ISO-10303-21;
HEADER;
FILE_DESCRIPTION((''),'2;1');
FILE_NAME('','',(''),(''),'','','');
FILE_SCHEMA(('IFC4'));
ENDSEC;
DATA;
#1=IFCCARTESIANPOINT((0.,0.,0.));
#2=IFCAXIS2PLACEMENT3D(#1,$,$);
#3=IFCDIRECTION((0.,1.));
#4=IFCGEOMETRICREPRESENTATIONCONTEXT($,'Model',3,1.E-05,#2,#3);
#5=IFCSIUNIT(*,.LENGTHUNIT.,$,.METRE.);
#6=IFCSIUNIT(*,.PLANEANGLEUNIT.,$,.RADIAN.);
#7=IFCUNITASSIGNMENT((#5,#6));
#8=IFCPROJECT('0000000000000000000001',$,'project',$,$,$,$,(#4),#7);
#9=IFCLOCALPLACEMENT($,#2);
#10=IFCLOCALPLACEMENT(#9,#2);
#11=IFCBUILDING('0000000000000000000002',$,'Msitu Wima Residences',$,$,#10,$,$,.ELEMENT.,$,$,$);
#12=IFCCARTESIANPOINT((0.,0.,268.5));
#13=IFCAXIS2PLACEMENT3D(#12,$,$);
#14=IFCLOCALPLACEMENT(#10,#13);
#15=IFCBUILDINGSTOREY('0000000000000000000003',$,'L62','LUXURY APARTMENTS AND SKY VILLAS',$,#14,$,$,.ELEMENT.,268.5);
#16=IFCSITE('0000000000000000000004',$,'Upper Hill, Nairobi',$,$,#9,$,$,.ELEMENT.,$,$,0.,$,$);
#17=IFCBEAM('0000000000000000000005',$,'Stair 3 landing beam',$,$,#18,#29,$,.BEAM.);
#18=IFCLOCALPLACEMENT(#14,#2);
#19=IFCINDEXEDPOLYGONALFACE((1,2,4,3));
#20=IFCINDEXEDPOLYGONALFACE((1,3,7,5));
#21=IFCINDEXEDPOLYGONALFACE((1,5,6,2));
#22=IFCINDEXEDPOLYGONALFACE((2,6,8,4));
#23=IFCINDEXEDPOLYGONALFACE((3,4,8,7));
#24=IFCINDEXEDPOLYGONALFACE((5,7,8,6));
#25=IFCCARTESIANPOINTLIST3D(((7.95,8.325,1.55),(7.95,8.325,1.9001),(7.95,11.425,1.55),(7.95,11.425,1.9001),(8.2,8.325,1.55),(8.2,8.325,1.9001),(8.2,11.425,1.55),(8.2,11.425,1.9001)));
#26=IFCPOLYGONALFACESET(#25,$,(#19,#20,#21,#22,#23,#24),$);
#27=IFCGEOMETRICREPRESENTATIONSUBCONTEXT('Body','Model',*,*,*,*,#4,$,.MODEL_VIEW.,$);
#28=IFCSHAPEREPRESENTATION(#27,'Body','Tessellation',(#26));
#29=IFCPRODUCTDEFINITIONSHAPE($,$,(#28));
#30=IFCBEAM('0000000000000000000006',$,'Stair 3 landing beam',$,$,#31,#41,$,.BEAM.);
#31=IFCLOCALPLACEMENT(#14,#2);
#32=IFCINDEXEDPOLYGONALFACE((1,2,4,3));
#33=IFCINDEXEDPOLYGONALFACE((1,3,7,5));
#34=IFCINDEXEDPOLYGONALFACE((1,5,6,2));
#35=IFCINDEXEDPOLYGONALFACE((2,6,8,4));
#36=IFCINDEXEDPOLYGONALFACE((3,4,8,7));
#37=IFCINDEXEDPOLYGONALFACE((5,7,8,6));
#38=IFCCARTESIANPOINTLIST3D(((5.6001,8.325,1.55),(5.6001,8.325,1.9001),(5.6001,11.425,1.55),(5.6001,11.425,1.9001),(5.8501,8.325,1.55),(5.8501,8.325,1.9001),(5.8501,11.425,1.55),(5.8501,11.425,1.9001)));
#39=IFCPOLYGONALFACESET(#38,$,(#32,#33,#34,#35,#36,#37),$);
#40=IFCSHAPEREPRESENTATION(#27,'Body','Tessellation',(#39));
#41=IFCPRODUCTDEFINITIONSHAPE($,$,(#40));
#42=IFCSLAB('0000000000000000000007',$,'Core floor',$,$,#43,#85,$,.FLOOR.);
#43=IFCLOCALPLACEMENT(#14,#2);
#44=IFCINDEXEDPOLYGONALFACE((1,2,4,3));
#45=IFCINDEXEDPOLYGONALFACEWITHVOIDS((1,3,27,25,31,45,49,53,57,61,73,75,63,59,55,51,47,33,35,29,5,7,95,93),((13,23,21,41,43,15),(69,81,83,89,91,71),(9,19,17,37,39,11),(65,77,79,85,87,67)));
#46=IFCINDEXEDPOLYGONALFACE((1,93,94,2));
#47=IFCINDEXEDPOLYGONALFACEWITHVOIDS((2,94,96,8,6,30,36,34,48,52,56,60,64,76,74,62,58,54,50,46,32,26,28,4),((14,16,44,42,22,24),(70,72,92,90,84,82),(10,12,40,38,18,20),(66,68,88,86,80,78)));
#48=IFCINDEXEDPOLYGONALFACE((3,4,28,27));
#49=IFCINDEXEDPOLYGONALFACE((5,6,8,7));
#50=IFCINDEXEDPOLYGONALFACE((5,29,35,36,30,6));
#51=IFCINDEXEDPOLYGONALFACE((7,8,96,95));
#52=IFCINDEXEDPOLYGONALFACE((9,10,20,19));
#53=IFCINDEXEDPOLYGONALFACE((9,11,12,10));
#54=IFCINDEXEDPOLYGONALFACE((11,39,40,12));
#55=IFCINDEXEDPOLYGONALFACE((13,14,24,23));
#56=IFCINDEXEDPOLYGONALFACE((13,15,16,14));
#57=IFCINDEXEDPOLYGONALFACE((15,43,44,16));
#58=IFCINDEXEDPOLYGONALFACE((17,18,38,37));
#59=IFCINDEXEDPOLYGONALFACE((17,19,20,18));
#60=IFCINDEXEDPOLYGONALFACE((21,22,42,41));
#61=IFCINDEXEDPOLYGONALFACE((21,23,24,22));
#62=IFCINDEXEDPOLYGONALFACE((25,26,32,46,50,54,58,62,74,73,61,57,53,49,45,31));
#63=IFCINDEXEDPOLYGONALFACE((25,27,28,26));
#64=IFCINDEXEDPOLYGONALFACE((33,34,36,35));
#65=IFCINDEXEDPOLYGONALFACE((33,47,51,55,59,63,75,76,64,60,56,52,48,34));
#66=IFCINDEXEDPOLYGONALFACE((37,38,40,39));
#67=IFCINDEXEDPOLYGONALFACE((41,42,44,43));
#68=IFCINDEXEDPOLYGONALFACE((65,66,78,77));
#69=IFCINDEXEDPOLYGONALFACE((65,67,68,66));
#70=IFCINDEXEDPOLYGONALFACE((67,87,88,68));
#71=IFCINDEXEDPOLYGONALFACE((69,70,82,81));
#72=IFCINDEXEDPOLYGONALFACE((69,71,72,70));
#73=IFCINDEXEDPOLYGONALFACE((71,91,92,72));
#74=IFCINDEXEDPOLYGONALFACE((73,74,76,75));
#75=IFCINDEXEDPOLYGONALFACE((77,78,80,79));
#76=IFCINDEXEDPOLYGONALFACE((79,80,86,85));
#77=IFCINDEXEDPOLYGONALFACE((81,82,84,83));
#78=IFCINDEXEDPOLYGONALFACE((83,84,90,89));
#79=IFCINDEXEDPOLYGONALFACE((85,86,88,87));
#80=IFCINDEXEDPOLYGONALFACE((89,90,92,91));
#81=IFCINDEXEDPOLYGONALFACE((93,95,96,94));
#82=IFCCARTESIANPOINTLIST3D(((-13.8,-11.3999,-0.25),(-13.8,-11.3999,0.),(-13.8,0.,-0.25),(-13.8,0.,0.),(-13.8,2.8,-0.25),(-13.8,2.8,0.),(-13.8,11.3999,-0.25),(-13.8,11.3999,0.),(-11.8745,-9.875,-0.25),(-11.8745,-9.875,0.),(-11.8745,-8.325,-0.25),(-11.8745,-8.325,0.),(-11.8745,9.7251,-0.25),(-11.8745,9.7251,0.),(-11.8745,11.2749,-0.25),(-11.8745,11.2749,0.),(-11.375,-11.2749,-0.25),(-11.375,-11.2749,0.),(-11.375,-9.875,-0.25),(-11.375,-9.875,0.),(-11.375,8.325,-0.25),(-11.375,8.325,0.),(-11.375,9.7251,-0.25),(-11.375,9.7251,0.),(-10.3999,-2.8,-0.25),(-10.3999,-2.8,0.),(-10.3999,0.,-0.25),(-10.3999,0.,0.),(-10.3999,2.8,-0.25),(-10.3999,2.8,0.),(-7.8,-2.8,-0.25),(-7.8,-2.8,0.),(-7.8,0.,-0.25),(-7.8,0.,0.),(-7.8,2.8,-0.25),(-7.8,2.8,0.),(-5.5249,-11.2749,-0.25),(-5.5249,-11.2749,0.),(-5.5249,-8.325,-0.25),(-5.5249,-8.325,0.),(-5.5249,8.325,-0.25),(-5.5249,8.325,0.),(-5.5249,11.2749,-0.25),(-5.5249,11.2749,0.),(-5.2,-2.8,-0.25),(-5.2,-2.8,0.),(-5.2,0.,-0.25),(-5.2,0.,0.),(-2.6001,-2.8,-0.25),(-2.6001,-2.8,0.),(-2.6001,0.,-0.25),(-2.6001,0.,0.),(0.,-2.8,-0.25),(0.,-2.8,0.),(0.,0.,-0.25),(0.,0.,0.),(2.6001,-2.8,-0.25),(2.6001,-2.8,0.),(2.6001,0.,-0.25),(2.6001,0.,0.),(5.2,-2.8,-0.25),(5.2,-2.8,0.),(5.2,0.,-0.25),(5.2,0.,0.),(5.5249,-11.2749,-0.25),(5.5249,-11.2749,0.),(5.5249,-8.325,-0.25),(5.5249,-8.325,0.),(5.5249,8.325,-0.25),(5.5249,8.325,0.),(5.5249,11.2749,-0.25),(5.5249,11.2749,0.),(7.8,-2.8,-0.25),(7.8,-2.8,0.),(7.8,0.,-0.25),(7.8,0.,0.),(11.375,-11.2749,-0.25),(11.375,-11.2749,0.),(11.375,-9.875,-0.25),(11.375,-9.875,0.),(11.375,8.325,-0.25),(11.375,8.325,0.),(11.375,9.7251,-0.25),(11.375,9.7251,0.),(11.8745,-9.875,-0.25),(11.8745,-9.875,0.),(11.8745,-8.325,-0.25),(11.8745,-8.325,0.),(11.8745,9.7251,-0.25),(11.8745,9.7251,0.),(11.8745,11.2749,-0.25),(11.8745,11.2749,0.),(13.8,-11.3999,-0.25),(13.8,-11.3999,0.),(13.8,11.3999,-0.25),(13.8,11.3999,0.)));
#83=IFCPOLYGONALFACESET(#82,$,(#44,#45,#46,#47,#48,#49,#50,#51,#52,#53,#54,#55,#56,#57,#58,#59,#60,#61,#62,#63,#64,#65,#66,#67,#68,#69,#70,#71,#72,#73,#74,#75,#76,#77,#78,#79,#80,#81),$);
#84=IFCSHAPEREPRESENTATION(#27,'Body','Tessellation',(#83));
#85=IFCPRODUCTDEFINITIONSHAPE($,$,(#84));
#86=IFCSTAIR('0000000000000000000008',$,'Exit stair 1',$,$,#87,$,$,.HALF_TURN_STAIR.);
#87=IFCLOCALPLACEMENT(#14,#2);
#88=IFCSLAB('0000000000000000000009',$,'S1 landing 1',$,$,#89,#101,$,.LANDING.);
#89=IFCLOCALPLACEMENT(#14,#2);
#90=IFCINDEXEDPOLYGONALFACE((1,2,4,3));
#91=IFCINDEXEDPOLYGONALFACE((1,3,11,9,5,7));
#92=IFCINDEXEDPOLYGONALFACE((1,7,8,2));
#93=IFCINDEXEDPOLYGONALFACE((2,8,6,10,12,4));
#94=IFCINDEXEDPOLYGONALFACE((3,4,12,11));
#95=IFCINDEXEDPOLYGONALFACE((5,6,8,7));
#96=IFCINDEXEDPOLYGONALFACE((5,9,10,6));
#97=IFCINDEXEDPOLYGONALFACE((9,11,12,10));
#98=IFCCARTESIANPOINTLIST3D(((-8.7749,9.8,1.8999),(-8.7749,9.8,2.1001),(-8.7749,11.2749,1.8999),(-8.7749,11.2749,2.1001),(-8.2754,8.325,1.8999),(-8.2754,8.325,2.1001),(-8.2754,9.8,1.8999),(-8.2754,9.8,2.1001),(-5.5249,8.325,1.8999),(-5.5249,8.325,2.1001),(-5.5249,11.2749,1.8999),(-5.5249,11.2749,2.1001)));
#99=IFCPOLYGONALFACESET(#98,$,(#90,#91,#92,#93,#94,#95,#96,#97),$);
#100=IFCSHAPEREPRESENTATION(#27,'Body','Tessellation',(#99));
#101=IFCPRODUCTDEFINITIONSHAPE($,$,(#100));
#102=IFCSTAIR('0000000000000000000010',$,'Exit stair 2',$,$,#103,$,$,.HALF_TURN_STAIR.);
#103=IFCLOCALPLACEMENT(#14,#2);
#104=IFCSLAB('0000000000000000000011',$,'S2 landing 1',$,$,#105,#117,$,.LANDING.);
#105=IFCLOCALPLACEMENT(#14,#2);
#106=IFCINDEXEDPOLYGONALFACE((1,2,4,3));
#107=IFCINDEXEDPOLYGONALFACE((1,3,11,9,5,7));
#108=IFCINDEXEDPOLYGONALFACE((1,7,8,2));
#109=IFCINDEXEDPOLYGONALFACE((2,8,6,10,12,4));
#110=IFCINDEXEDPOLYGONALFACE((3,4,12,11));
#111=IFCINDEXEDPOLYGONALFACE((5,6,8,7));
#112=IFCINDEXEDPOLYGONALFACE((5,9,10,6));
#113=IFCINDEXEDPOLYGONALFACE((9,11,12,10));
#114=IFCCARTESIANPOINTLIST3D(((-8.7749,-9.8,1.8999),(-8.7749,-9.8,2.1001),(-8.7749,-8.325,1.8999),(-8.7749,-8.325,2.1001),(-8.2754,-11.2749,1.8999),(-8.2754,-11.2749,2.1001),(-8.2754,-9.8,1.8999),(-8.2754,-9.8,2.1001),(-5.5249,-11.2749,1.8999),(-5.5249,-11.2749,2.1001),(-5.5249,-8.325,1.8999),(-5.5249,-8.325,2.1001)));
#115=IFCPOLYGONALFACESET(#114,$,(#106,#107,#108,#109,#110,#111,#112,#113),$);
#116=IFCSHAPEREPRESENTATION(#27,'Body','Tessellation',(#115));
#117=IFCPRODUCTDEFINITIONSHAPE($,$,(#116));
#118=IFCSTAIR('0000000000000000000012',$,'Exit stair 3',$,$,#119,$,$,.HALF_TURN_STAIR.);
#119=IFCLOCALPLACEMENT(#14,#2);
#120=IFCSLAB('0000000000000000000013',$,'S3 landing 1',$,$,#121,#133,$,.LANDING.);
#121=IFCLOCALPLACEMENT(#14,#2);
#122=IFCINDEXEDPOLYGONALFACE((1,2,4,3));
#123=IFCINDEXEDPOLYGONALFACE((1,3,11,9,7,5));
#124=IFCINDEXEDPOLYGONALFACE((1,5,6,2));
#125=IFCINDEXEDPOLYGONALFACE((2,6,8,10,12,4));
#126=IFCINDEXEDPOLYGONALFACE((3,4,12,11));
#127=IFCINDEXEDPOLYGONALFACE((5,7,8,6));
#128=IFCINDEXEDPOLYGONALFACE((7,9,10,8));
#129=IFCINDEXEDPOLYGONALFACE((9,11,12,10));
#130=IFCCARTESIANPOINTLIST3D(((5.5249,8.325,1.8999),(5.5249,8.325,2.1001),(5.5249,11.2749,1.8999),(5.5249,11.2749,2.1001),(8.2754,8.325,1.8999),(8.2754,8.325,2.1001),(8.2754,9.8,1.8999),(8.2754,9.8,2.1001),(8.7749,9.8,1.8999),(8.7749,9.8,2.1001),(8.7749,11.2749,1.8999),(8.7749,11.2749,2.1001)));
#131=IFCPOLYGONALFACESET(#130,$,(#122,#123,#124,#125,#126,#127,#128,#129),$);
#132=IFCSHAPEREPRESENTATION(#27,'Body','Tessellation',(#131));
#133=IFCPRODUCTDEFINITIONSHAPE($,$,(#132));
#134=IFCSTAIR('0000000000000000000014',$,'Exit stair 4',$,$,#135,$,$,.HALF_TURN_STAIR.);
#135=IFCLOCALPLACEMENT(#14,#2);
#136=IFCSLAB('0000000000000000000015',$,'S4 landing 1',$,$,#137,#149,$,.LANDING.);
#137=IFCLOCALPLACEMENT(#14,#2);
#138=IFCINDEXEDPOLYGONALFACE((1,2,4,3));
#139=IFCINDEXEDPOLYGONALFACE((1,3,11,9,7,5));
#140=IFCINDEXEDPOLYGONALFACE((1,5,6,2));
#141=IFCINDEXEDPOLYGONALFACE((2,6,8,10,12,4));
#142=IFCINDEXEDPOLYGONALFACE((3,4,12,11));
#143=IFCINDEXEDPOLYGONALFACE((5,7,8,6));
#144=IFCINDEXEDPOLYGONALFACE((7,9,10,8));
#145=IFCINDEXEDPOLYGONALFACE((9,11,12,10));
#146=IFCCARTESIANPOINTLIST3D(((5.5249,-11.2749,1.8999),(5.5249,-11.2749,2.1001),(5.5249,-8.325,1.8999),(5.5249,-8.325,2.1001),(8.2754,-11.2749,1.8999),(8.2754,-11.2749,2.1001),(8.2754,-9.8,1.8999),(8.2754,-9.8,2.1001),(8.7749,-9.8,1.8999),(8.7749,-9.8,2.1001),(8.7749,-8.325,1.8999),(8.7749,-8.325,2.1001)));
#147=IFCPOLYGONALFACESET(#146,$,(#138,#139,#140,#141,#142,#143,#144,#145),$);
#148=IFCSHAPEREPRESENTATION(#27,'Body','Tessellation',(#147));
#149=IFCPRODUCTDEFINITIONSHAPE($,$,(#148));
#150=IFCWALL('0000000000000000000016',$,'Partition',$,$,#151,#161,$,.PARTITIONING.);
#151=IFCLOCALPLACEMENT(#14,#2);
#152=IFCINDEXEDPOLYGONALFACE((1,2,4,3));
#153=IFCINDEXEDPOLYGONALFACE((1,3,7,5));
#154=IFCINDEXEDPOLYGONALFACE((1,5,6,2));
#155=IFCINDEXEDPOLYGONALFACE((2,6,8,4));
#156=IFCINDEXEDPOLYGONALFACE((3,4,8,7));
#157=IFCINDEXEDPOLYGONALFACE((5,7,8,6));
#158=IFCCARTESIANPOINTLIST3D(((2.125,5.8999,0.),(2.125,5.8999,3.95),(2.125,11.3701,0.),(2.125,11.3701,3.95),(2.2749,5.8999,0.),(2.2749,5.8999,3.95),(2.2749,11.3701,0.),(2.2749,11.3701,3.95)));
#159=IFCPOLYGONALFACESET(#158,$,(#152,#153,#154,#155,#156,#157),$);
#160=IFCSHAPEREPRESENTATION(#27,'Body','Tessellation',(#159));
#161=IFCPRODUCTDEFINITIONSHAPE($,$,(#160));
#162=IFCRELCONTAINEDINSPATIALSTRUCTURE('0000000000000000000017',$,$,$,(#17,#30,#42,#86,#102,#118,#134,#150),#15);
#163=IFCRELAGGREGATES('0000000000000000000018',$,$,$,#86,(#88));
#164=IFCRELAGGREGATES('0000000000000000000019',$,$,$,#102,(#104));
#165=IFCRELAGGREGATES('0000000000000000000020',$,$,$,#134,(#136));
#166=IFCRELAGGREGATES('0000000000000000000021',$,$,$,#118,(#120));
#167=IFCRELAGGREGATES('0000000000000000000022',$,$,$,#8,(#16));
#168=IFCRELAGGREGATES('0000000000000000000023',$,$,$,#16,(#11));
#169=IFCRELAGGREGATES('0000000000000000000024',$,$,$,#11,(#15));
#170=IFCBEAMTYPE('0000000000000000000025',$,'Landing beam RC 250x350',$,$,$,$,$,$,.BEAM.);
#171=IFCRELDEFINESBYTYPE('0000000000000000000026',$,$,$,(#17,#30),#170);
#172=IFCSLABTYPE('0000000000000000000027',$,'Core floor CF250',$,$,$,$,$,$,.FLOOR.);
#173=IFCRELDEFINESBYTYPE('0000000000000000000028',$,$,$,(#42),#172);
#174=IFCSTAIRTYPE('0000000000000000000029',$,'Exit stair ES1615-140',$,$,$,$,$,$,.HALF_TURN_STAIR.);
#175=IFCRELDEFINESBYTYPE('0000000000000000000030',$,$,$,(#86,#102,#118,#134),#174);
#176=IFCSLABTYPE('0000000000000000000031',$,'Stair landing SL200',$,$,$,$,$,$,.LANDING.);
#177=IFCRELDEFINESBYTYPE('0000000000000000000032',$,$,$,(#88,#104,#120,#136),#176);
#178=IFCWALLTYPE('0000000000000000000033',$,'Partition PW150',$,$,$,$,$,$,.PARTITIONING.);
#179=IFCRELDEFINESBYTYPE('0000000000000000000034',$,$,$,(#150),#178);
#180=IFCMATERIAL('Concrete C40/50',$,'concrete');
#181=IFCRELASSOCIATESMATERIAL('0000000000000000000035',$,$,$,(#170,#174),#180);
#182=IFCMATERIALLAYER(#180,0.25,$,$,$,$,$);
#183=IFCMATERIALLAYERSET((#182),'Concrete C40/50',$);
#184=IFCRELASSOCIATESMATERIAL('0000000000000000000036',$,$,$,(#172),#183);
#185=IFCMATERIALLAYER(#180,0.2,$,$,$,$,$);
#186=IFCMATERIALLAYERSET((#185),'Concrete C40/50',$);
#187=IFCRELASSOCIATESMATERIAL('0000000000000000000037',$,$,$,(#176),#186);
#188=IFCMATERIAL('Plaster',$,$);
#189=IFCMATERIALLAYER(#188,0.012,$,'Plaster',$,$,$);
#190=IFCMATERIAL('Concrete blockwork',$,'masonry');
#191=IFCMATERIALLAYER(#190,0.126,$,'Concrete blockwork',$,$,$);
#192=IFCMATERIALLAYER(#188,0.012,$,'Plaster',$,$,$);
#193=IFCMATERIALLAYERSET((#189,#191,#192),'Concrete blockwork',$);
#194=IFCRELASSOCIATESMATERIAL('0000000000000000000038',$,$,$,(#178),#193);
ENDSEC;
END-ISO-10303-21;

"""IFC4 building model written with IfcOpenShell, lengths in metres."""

from ifc_helpers import new_model, si_unit, direction, frame, frame_2d, origin, origin_2d, place, context, subcontext, project, spatial, polyline, rectangle, outline, extrude, material, layer, layer_set, material_profile, profile_set, type_object, element, aggregate, save


model = new_model("IFC4")

# Units and contexts
model_context = context("Model", 3, precision=1e-05, world=origin(), true_north=direction((0.0, 1.0)))
body_context = subcontext(model_context, "Body", "Model", "MODEL_VIEW")
ifc_project = project(units=[si_unit("LENGTHUNIT", "METRE"), si_unit("PLANEANGLEUNIT", "RADIAN")], contexts=[model_context])

# Site, building, storey
site_placement = place(None, origin())
site = spatial("IfcSite", under=ifc_project, at=site_placement, Name="Upper Hill, Nairobi", CompositionType="ELEMENT", RefElevation=0.0)
building_placement = place(site_placement, origin())
building = spatial("IfcBuilding", under=site, at=building_placement, Name="Msitu Wima Residences", CompositionType="ELEMENT")
storey_placement = place(building_placement, frame((0.0, 0.0, 268.5)))
storey = spatial("IfcBuildingStorey", under=building, at=storey_placement, Name="L62", Description="LUXURY APARTMENTS AND SKY VILLAS", CompositionType="ELEMENT", Elevation=268.5)

# Beams
ifc_material_1 = material(Name="Concrete C40/50", Category="concrete")
ifc_material_profile = material_profile(ifc_material_1, rectangle(XDim=0.25, YDim=0.3501, at=origin_2d()), Name="RC 250x350")
ifc_profile_set = profile_set([ifc_material_profile], Name="Concrete C40/50")
beam_type = type_object("IfcBeamType", Name="Landing beam RC 250x350", PredefinedType="BEAM", material=ifc_profile_set)
for number, where, z_axis, x_axis, name in (
    (1, (8.075, 8.325, 1.7251), (0.0, 1.0, 0.0), (-1.0, 0.0, 0.0), "Stair 3 landing beam"),
    (2, (5.7251, 8.325, 1.7251), (0.0, 1.0, 0.0), (-1.0, 0.0, 0.0), "Stair 3 landing beam"),
):
    element("IfcBeam", number, at=place(storey_placement, frame(where, z_axis=z_axis, x_axis=x_axis)), inside=storey, type_object=beam_type, Name=name, PredefinedType="BEAM", context=body_context, shape_type="SweptSolid", body=[
        extrude(rectangle(XDim=0.25, YDim=0.3501, at=origin_2d()), origin(), (0.0, 0.0, 1.0), 3.1001),
    ])

# Slab
ifc_layer_1 = layer(ifc_material_1, 0.25)
ifc_layer_set_1 = layer_set([ifc_layer_1], Name="Concrete C40/50")
slab_type_1 = type_object("IfcSlabType", Name="Core floor CF250", PredefinedType="FLOOR", material=ifc_layer_set_1)
slab_1_placement = place(storey_placement, frame((0.0, 0.0, -0.25)))
element("IfcSlab", 3, at=slab_1_placement, inside=storey, type_object=slab_type_1, Name="Core floor", PredefinedType="FLOOR", context=body_context, shape_type="SweptSolid", body=[
    extrude(outline(polyline([(-13.8, 11.3999), (-13.8, 2.8), (-10.3999, 2.8), (-7.8, 2.8), (-7.8, 0.0), (-5.2, 0.0), (-2.6001, 0.0), (0.0, 0.0), (2.6001, 0.0), (5.2, 0.0), (7.8, 0.0), (7.8, -2.8), (5.2, -2.8), (2.6001, -2.8), (0.0, -2.8), (-2.6001, -2.8), (-5.2, -2.8), (-7.8, -2.8), (-10.3999, -2.8), (-10.3999, 0.0), (-13.8, 0.0), (-13.8, -11.3999), (13.8, -11.3999), (13.8, 11.3999), (-13.8, 11.3999)]), holes=[polyline([(-11.375, -11.2749), (-11.375, -9.875), (-11.8745, -9.875), (-11.8745, -8.325), (-5.5249, -8.325), (-5.5249, -11.2749), (-11.375, -11.2749)]), polyline([(-11.375, 8.325), (-11.375, 9.7251), (-11.8745, 9.7251), (-11.8745, 11.2749), (-5.5249, 11.2749), (-5.5249, 8.325), (-11.375, 8.325)]), polyline([(11.375, -9.875), (11.375, -11.2749), (5.5249, -11.2749), (5.5249, -8.325), (11.8745, -8.325), (11.8745, -9.875), (11.375, -9.875)]), polyline([(11.375, 9.7251), (11.375, 8.325), (5.5249, 8.325), (5.5249, 11.2749), (11.8745, 11.2749), (11.8745, 9.7251), (11.375, 9.7251)])]), origin(), (0.0, 0.0, 1.0), 0.25),
])

# Stairs, slabs
stair_type = type_object("IfcStairType", Name="Exit stair ES1615-140", PredefinedType="HALF_TURN_STAIR", material=ifc_material_1)
stair_1_placement = place(storey_placement, origin())
stair_1 = element("IfcStair", 4, at=stair_1_placement, inside=storey, type_object=stair_type, Name="Exit stair 1", PredefinedType="HALF_TURN_STAIR")
ifc_layer_2 = layer(ifc_material_1, 0.2)
ifc_layer_set_2 = layer_set([ifc_layer_2], Name="Concrete C40/50")
slab_type_2 = type_object("IfcSlabType", Name="Stair landing SL200", PredefinedType="LANDING", material=ifc_layer_set_2)
slab_2_placement = place(storey_placement, frame((0.0, 0.0, 1.8999)))
slab_2 = element("IfcSlab", 5, at=slab_2_placement, type_object=slab_type_2, Name="S1 landing 1", PredefinedType="LANDING", context=body_context, shape_type="SweptSolid", body=[
    extrude(outline(polyline([(-5.5249, 8.325), (-8.2754, 8.325), (-8.2754, 9.8), (-8.7749, 9.8), (-8.7749, 11.2749), (-5.5249, 11.2749), (-5.5249, 8.325)])), origin(), (0.0, 0.0, 1.0), 0.2002),
])
aggregate(stair_1, [slab_2])
stair_2_placement = place(storey_placement, origin())
stair_2 = element("IfcStair", 6, at=stair_2_placement, inside=storey, type_object=stair_type, Name="Exit stair 2", PredefinedType="HALF_TURN_STAIR")
slab_3_placement = place(storey_placement, frame((0.0, 0.0, 1.8999)))
slab_3 = element("IfcSlab", 7, at=slab_3_placement, type_object=slab_type_2, Name="S2 landing 1", PredefinedType="LANDING", context=body_context, shape_type="SweptSolid", body=[
    extrude(outline(polyline([(-5.5249, -11.2749), (-8.2754, -11.2749), (-8.2754, -9.8), (-8.7749, -9.8), (-8.7749, -8.325), (-5.5249, -8.325), (-5.5249, -11.2749)])), origin(), (0.0, 0.0, 1.0), 0.2002),
])
aggregate(stair_2, [slab_3])
stair_3_placement = place(storey_placement, origin())
stair_3 = element("IfcStair", 8, at=stair_3_placement, inside=storey, type_object=stair_type, Name="Exit stair 3", PredefinedType="HALF_TURN_STAIR")
slab_4_placement = place(storey_placement, frame((0.0, 0.0, 1.8999)))
slab_4 = element("IfcSlab", 9, at=slab_4_placement, type_object=slab_type_2, Name="S3 landing 1", PredefinedType="LANDING", context=body_context, shape_type="SweptSolid", body=[
    extrude(outline(polyline([(5.5249, 8.325), (8.2754, 8.325), (8.2754, 9.8), (8.7749, 9.8), (8.7749, 11.2749), (5.5249, 11.2749), (5.5249, 8.325)])), origin(), (0.0, 0.0, 1.0), 0.2002),
])
stair_4_placement = place(storey_placement, origin())
stair_4 = element("IfcStair", 10, at=stair_4_placement, inside=storey, type_object=stair_type, Name="Exit stair 4", PredefinedType="HALF_TURN_STAIR")
slab_5_placement = place(storey_placement, frame((0.0, 0.0, 1.8999)))
slab_5 = element("IfcSlab", 11, at=slab_5_placement, type_object=slab_type_2, Name="S4 landing 1", PredefinedType="LANDING", context=body_context, shape_type="SweptSolid", body=[
    extrude(outline(polyline([(5.5249, -11.2749), (8.2754, -11.2749), (8.2754, -9.8), (8.7749, -9.8), (8.7749, -8.325), (5.5249, -8.325), (5.5249, -11.2749)])), origin(), (0.0, 0.0, 1.0), 0.2002),
])
aggregate(stair_4, [slab_5])

# Wall
ifc_material_2 = material(Name="Plaster")
ifc_layer_3 = layer(ifc_material_2, 0.012, Name="Plaster")
ifc_material_3 = material(Name="Concrete blockwork", Category="masonry")
ifc_layer_4 = layer(ifc_material_3, 0.126, Name="Concrete blockwork")
ifc_layer_5 = layer(ifc_material_2, 0.012, Name="Plaster")
ifc_layer_set_3 = layer_set([ifc_layer_3, ifc_layer_4, ifc_layer_5], Name="Concrete blockwork")
wall_type_1 = type_object("IfcWallType", Name="Partition PW150", PredefinedType="PARTITIONING", material=ifc_layer_set_3)
wall_1_placement = place(storey_placement, frame((2.2, 5.8999, 0.0), z_axis=(0.0, 0.0, 1.0), x_axis=(0.0, 1.0, 0.0)))
element("IfcWall", 12, at=wall_1_placement, inside=storey, type_object=wall_type_1, Name="Partition", PredefinedType="PARTITIONING", context=body_context, shape_type="SweptSolid", body=[
    extrude(rectangle(XDim=5.4702, YDim=0.1499, at=frame_2d((2.7351, 0.0))), origin(), (0.0, 0.0, 1.0), 3.95),
])

aggregate(stair_3, [slab_4])

save(model, "model.ifc")
